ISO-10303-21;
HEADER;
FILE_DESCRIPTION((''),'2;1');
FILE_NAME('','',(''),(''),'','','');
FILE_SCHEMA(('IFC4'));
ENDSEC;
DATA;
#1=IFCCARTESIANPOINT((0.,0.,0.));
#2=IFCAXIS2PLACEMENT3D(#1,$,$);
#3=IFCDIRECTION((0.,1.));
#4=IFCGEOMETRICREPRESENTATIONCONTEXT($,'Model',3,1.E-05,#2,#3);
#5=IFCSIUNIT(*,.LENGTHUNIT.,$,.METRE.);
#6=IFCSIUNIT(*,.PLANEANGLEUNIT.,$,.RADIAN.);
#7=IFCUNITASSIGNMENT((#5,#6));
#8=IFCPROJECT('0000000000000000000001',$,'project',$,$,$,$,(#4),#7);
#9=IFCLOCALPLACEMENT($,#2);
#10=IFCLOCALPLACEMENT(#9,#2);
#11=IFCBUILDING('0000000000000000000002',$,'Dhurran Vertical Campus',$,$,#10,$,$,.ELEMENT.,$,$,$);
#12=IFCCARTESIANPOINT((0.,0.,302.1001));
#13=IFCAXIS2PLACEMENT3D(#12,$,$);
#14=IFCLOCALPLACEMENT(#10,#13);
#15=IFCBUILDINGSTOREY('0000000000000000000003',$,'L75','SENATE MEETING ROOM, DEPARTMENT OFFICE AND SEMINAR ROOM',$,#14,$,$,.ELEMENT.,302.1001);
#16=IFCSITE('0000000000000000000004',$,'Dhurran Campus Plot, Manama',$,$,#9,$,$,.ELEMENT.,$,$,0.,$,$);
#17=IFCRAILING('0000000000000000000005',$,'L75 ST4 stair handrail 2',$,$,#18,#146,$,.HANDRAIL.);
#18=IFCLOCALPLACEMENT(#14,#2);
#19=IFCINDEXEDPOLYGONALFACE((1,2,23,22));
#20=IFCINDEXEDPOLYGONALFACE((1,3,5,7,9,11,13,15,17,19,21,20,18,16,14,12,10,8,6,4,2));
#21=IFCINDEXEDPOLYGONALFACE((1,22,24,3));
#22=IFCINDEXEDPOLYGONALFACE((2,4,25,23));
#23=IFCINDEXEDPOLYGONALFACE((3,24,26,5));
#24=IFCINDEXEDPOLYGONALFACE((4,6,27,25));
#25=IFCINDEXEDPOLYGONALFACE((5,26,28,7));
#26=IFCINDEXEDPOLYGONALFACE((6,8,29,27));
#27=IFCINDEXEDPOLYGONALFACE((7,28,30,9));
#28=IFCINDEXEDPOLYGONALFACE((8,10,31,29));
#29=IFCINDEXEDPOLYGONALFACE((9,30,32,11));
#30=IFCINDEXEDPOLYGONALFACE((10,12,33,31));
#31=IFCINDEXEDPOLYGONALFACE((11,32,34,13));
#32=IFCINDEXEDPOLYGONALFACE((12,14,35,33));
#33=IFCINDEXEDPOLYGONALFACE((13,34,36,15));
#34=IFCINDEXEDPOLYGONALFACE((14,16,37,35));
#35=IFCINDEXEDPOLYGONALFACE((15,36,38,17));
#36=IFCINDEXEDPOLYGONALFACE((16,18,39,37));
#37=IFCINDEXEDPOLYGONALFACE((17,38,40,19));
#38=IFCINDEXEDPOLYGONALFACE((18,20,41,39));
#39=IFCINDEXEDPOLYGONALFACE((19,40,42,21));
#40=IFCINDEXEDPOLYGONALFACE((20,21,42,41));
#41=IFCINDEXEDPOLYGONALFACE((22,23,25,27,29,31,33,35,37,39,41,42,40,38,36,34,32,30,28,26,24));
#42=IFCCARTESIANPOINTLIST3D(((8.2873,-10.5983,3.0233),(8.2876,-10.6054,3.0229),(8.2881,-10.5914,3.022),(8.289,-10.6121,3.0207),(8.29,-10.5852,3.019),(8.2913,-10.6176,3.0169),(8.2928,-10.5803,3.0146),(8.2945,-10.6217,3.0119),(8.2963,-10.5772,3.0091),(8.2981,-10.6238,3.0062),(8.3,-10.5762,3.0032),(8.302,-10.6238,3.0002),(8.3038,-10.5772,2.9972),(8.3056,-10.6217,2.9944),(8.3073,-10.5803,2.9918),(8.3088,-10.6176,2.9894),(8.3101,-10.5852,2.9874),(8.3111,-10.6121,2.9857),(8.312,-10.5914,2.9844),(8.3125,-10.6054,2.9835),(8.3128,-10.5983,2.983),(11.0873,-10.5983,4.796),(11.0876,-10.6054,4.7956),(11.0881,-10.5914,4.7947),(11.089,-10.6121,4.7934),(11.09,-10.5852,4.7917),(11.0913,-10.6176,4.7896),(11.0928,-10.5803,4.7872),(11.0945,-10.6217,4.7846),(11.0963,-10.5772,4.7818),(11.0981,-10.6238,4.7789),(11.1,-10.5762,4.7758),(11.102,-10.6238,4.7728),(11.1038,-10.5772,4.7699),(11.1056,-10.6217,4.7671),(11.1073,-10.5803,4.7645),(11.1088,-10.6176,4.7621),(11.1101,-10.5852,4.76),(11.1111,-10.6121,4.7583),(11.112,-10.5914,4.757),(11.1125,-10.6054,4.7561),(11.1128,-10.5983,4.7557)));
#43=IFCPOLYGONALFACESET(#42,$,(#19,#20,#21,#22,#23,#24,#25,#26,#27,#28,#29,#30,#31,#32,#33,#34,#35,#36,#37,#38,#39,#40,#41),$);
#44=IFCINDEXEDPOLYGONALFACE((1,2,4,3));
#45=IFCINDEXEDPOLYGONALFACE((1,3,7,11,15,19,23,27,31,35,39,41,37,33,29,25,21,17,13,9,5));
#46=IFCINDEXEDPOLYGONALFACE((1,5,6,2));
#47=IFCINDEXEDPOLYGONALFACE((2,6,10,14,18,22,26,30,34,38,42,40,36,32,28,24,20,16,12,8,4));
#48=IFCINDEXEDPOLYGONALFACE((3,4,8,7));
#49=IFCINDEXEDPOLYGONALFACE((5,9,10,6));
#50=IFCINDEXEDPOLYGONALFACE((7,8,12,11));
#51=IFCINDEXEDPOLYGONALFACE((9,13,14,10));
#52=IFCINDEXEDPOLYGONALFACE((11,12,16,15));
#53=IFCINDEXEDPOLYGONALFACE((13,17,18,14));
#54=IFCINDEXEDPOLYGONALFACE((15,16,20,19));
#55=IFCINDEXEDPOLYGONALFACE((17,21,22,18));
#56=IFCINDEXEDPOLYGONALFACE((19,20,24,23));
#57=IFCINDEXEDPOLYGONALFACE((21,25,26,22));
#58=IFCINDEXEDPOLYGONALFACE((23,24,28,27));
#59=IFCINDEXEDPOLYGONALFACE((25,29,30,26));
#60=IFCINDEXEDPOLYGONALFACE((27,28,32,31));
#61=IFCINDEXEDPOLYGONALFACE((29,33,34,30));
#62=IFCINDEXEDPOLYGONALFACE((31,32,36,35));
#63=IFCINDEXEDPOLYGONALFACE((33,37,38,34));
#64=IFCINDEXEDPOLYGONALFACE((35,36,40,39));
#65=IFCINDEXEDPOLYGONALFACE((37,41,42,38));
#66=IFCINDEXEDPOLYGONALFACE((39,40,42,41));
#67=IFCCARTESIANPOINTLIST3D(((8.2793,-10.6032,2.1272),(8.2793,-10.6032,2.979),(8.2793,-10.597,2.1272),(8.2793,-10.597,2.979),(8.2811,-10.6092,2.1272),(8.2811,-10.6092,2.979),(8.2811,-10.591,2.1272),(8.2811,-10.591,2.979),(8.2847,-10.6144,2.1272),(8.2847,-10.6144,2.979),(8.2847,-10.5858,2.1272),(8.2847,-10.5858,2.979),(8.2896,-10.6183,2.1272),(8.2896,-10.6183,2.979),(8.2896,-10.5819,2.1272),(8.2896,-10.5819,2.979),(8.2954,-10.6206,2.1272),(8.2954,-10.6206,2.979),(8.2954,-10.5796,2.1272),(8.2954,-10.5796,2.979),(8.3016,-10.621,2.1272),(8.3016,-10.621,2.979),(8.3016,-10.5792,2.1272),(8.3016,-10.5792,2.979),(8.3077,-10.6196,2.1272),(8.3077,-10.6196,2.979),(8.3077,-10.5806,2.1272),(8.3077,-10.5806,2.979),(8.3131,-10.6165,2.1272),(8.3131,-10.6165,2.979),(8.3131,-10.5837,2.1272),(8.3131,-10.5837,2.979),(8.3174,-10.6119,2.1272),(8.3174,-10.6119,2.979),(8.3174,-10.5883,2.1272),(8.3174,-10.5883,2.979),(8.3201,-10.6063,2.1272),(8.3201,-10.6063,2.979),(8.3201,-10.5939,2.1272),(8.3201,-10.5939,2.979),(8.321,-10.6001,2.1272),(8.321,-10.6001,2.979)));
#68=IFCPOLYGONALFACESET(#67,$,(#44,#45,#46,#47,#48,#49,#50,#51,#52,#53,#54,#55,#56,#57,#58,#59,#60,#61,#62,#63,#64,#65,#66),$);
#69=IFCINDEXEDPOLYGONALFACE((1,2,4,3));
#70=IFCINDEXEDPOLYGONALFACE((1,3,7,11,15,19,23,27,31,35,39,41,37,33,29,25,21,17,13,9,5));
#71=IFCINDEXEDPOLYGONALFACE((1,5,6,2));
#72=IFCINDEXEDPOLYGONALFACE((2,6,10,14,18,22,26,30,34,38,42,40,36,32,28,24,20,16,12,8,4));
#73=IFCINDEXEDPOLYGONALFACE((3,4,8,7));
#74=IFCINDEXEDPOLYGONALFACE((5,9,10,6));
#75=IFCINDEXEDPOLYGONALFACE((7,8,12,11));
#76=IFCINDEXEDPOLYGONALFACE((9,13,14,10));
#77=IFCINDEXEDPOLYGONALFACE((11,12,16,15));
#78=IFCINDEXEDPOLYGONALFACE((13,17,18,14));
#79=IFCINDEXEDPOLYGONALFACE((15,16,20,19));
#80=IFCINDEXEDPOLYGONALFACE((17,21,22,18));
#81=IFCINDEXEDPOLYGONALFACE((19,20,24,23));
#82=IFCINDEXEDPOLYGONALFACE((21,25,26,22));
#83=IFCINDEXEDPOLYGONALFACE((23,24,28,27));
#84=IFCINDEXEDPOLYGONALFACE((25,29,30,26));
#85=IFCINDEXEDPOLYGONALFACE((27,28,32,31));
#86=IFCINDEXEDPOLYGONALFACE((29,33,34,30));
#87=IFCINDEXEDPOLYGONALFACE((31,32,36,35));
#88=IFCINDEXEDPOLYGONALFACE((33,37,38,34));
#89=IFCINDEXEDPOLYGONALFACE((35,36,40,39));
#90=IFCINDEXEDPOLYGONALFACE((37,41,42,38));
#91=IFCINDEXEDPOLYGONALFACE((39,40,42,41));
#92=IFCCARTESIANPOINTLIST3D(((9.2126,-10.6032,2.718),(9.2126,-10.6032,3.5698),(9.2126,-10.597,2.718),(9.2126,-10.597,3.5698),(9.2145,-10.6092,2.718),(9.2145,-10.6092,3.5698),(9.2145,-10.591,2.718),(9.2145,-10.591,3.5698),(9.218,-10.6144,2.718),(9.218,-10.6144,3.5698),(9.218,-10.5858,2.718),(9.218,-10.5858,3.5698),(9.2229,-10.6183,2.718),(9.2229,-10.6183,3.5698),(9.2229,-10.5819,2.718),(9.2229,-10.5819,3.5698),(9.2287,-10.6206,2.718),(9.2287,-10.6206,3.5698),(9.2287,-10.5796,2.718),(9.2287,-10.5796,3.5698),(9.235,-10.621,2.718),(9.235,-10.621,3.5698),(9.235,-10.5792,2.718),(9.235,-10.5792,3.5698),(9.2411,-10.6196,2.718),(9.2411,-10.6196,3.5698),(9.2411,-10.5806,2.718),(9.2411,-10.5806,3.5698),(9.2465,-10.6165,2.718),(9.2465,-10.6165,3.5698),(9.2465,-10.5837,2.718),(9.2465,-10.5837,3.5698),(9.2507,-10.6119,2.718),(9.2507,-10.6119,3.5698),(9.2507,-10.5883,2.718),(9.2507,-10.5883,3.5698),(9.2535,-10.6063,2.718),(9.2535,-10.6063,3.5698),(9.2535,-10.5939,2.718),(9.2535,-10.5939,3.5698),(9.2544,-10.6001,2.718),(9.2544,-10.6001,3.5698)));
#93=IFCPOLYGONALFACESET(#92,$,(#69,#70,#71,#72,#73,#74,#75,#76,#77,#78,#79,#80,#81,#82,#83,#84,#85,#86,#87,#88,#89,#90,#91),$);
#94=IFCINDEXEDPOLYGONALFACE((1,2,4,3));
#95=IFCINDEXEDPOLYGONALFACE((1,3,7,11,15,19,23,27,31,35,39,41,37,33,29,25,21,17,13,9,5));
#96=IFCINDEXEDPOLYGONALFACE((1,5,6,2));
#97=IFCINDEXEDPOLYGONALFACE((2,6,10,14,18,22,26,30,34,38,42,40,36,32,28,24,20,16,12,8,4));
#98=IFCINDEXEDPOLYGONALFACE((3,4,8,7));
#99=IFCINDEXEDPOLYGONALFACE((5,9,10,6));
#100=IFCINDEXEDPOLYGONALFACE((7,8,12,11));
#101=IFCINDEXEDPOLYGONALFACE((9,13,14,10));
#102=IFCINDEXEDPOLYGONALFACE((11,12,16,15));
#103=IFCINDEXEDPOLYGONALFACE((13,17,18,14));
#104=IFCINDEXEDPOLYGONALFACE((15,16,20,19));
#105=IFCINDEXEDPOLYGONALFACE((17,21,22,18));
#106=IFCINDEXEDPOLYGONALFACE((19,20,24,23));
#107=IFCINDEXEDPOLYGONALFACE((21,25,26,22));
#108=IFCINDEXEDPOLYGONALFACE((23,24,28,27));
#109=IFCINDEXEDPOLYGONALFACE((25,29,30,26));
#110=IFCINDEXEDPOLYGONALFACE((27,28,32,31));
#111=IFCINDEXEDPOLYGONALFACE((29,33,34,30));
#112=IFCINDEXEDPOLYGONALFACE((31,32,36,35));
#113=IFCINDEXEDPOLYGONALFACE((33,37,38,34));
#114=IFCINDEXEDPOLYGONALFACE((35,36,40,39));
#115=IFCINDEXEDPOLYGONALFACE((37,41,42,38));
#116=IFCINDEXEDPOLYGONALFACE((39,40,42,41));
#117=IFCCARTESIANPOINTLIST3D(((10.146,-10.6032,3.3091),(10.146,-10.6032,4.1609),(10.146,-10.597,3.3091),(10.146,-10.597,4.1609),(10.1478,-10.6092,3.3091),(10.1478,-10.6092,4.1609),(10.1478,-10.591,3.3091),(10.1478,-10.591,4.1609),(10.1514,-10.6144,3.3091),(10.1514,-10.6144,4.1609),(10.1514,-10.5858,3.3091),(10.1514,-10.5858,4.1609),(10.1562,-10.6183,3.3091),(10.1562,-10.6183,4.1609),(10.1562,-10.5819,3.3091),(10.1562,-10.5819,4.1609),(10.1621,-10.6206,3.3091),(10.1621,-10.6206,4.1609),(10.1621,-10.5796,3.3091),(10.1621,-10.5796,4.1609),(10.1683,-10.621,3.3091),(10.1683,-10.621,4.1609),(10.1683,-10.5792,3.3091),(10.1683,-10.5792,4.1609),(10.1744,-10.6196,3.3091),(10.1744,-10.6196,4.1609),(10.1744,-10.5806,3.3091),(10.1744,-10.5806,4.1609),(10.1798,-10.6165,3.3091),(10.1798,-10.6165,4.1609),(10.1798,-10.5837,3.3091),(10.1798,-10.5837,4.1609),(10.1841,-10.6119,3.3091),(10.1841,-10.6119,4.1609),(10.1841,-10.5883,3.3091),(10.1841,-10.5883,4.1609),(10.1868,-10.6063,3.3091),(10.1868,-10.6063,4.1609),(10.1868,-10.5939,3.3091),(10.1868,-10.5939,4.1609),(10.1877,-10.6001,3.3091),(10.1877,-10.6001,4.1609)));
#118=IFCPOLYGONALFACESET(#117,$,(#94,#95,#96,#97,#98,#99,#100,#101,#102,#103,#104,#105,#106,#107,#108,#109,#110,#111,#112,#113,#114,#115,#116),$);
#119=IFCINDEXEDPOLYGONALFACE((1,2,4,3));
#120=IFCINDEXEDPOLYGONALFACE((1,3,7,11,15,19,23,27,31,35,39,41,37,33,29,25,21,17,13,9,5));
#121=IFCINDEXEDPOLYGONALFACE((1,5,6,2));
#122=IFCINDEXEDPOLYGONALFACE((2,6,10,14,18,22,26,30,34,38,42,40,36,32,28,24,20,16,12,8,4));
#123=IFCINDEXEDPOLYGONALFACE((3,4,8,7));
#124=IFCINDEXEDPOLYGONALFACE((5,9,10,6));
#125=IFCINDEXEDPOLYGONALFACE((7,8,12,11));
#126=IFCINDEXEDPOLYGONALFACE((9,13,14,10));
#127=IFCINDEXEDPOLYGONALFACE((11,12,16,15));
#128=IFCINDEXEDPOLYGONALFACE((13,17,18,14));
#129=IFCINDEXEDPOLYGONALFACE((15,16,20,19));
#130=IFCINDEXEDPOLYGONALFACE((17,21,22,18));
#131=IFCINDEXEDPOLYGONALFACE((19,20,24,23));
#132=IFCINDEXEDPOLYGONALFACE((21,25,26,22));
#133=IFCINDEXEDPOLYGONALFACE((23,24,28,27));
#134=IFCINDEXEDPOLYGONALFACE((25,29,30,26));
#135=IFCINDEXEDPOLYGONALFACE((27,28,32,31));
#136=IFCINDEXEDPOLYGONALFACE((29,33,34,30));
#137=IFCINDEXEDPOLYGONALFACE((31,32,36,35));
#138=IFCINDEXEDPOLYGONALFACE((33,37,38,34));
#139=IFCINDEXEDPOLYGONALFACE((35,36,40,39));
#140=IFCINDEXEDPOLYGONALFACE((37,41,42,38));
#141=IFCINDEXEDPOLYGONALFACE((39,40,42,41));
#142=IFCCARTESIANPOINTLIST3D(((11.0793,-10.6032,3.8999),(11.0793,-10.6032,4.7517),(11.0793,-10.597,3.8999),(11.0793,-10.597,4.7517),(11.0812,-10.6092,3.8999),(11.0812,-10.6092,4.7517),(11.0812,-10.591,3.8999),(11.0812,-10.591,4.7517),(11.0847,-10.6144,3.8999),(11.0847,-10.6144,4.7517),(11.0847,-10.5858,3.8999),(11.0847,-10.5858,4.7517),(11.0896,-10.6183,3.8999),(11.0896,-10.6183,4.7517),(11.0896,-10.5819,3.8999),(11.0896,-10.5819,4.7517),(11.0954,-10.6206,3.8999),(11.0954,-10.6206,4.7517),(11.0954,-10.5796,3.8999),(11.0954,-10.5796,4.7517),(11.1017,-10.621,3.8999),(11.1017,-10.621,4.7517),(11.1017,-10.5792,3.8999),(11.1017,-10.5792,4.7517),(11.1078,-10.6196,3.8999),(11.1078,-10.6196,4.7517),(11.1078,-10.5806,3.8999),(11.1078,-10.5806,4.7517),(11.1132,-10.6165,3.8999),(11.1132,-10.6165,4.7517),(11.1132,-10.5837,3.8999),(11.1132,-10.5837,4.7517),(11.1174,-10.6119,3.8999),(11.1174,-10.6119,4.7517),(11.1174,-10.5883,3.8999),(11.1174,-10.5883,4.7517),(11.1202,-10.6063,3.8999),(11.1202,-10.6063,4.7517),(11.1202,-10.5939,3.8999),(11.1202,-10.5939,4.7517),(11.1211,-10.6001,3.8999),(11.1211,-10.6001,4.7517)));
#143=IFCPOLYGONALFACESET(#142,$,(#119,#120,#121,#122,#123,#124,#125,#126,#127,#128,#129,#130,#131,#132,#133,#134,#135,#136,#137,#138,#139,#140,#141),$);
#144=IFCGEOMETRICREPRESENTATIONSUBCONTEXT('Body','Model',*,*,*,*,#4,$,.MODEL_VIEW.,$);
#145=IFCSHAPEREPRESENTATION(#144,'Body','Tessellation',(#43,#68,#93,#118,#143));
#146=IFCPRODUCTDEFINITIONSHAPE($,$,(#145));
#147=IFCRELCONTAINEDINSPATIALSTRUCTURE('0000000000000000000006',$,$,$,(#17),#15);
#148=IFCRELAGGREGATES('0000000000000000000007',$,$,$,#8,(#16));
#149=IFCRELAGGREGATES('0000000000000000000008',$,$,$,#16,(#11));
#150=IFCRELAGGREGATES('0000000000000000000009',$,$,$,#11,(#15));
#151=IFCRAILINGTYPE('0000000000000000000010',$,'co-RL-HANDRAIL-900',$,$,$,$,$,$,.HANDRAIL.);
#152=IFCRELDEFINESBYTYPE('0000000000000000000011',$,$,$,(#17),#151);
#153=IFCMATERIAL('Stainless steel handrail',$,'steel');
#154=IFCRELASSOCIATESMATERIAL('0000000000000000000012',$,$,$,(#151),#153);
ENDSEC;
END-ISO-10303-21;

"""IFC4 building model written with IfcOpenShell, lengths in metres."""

from ifc_helpers import new_model, si_unit, direction, frame, origin, origin_2d, place, context, subcontext, project, spatial, circle, extrude, material, type_object, element, save


model = new_model("IFC4")

# Units and contexts
model_context = context("Model", 3, precision=1e-05, world=origin(), true_north=direction((0.0, 1.0)))
body_context = subcontext(model_context, "Body", "Model", "MODEL_VIEW")
ifc_project = project(units=[si_unit("LENGTHUNIT", "METRE"), si_unit("PLANEANGLEUNIT", "RADIAN")], contexts=[model_context])

# Site, building, storey
site_placement = place(None, origin())
site = spatial("IfcSite", under=ifc_project, at=site_placement, Name="Dhurran Campus Plot, Manama", CompositionType="ELEMENT", RefElevation=0.0)
building_placement = place(site_placement, origin())
building = spatial("IfcBuilding", under=site, at=building_placement, Name="Dhurran Vertical Campus", CompositionType="ELEMENT")
storey_placement = place(building_placement, frame((0.0, 0.0, 302.1001)))
storey = spatial("IfcBuildingStorey", under=building, at=storey_placement, Name="L75", Description="SENATE MEETING ROOM, DEPARTMENT OFFICE AND SEMINAR ROOM", CompositionType="ELEMENT", Elevation=302.1001)

# Railing
ifc_material_1 = material(Name="Stainless steel handrail", Category="steel")
railing_type_1 = type_object("IfcRailingType", Name="co-RL-HANDRAIL-900", PredefinedType="HANDRAIL", material=ifc_material_1)
railing_1_placement = place(storey_placement, frame((8.3, -10.6001, 2.1272)))
element("IfcRailing", 1, at=railing_1_placement, inside=storey, type_object=railing_type_1, Name="L75 ST4 stair handrail 2", PredefinedType="HANDRAIL", context=body_context, shape_type="SweptSolid", body=[
    extrude(circle(Radius=0.0239, at=origin_2d()), frame((0.0, 0.0, 0.876), z_axis=(0.844909, 0.0, 0.53491), x_axis=(0.0, 1.0, 0.0)), (0.0, 0.0, 1.0), 3.314),
    extrude(circle(Radius=0.021, at=origin_2d()), origin(), (0.0, 0.0, 1.0), 0.8518),
    extrude(circle(Radius=0.021, at=origin_2d()), frame((0.9333, 0.0, 0.5908)), (0.0, 0.0, 1.0), 0.8518),
    extrude(circle(Radius=0.021, at=origin_2d()), frame((1.8667, 0.0, 1.1819)), (0.0, 0.0, 1.0), 0.8518),
    extrude(circle(Radius=0.021, at=origin_2d()), frame((2.8, 0.0, 1.7727)), (0.0, 0.0, 1.0), 0.8518),
])

save(model, "model.ifc")
